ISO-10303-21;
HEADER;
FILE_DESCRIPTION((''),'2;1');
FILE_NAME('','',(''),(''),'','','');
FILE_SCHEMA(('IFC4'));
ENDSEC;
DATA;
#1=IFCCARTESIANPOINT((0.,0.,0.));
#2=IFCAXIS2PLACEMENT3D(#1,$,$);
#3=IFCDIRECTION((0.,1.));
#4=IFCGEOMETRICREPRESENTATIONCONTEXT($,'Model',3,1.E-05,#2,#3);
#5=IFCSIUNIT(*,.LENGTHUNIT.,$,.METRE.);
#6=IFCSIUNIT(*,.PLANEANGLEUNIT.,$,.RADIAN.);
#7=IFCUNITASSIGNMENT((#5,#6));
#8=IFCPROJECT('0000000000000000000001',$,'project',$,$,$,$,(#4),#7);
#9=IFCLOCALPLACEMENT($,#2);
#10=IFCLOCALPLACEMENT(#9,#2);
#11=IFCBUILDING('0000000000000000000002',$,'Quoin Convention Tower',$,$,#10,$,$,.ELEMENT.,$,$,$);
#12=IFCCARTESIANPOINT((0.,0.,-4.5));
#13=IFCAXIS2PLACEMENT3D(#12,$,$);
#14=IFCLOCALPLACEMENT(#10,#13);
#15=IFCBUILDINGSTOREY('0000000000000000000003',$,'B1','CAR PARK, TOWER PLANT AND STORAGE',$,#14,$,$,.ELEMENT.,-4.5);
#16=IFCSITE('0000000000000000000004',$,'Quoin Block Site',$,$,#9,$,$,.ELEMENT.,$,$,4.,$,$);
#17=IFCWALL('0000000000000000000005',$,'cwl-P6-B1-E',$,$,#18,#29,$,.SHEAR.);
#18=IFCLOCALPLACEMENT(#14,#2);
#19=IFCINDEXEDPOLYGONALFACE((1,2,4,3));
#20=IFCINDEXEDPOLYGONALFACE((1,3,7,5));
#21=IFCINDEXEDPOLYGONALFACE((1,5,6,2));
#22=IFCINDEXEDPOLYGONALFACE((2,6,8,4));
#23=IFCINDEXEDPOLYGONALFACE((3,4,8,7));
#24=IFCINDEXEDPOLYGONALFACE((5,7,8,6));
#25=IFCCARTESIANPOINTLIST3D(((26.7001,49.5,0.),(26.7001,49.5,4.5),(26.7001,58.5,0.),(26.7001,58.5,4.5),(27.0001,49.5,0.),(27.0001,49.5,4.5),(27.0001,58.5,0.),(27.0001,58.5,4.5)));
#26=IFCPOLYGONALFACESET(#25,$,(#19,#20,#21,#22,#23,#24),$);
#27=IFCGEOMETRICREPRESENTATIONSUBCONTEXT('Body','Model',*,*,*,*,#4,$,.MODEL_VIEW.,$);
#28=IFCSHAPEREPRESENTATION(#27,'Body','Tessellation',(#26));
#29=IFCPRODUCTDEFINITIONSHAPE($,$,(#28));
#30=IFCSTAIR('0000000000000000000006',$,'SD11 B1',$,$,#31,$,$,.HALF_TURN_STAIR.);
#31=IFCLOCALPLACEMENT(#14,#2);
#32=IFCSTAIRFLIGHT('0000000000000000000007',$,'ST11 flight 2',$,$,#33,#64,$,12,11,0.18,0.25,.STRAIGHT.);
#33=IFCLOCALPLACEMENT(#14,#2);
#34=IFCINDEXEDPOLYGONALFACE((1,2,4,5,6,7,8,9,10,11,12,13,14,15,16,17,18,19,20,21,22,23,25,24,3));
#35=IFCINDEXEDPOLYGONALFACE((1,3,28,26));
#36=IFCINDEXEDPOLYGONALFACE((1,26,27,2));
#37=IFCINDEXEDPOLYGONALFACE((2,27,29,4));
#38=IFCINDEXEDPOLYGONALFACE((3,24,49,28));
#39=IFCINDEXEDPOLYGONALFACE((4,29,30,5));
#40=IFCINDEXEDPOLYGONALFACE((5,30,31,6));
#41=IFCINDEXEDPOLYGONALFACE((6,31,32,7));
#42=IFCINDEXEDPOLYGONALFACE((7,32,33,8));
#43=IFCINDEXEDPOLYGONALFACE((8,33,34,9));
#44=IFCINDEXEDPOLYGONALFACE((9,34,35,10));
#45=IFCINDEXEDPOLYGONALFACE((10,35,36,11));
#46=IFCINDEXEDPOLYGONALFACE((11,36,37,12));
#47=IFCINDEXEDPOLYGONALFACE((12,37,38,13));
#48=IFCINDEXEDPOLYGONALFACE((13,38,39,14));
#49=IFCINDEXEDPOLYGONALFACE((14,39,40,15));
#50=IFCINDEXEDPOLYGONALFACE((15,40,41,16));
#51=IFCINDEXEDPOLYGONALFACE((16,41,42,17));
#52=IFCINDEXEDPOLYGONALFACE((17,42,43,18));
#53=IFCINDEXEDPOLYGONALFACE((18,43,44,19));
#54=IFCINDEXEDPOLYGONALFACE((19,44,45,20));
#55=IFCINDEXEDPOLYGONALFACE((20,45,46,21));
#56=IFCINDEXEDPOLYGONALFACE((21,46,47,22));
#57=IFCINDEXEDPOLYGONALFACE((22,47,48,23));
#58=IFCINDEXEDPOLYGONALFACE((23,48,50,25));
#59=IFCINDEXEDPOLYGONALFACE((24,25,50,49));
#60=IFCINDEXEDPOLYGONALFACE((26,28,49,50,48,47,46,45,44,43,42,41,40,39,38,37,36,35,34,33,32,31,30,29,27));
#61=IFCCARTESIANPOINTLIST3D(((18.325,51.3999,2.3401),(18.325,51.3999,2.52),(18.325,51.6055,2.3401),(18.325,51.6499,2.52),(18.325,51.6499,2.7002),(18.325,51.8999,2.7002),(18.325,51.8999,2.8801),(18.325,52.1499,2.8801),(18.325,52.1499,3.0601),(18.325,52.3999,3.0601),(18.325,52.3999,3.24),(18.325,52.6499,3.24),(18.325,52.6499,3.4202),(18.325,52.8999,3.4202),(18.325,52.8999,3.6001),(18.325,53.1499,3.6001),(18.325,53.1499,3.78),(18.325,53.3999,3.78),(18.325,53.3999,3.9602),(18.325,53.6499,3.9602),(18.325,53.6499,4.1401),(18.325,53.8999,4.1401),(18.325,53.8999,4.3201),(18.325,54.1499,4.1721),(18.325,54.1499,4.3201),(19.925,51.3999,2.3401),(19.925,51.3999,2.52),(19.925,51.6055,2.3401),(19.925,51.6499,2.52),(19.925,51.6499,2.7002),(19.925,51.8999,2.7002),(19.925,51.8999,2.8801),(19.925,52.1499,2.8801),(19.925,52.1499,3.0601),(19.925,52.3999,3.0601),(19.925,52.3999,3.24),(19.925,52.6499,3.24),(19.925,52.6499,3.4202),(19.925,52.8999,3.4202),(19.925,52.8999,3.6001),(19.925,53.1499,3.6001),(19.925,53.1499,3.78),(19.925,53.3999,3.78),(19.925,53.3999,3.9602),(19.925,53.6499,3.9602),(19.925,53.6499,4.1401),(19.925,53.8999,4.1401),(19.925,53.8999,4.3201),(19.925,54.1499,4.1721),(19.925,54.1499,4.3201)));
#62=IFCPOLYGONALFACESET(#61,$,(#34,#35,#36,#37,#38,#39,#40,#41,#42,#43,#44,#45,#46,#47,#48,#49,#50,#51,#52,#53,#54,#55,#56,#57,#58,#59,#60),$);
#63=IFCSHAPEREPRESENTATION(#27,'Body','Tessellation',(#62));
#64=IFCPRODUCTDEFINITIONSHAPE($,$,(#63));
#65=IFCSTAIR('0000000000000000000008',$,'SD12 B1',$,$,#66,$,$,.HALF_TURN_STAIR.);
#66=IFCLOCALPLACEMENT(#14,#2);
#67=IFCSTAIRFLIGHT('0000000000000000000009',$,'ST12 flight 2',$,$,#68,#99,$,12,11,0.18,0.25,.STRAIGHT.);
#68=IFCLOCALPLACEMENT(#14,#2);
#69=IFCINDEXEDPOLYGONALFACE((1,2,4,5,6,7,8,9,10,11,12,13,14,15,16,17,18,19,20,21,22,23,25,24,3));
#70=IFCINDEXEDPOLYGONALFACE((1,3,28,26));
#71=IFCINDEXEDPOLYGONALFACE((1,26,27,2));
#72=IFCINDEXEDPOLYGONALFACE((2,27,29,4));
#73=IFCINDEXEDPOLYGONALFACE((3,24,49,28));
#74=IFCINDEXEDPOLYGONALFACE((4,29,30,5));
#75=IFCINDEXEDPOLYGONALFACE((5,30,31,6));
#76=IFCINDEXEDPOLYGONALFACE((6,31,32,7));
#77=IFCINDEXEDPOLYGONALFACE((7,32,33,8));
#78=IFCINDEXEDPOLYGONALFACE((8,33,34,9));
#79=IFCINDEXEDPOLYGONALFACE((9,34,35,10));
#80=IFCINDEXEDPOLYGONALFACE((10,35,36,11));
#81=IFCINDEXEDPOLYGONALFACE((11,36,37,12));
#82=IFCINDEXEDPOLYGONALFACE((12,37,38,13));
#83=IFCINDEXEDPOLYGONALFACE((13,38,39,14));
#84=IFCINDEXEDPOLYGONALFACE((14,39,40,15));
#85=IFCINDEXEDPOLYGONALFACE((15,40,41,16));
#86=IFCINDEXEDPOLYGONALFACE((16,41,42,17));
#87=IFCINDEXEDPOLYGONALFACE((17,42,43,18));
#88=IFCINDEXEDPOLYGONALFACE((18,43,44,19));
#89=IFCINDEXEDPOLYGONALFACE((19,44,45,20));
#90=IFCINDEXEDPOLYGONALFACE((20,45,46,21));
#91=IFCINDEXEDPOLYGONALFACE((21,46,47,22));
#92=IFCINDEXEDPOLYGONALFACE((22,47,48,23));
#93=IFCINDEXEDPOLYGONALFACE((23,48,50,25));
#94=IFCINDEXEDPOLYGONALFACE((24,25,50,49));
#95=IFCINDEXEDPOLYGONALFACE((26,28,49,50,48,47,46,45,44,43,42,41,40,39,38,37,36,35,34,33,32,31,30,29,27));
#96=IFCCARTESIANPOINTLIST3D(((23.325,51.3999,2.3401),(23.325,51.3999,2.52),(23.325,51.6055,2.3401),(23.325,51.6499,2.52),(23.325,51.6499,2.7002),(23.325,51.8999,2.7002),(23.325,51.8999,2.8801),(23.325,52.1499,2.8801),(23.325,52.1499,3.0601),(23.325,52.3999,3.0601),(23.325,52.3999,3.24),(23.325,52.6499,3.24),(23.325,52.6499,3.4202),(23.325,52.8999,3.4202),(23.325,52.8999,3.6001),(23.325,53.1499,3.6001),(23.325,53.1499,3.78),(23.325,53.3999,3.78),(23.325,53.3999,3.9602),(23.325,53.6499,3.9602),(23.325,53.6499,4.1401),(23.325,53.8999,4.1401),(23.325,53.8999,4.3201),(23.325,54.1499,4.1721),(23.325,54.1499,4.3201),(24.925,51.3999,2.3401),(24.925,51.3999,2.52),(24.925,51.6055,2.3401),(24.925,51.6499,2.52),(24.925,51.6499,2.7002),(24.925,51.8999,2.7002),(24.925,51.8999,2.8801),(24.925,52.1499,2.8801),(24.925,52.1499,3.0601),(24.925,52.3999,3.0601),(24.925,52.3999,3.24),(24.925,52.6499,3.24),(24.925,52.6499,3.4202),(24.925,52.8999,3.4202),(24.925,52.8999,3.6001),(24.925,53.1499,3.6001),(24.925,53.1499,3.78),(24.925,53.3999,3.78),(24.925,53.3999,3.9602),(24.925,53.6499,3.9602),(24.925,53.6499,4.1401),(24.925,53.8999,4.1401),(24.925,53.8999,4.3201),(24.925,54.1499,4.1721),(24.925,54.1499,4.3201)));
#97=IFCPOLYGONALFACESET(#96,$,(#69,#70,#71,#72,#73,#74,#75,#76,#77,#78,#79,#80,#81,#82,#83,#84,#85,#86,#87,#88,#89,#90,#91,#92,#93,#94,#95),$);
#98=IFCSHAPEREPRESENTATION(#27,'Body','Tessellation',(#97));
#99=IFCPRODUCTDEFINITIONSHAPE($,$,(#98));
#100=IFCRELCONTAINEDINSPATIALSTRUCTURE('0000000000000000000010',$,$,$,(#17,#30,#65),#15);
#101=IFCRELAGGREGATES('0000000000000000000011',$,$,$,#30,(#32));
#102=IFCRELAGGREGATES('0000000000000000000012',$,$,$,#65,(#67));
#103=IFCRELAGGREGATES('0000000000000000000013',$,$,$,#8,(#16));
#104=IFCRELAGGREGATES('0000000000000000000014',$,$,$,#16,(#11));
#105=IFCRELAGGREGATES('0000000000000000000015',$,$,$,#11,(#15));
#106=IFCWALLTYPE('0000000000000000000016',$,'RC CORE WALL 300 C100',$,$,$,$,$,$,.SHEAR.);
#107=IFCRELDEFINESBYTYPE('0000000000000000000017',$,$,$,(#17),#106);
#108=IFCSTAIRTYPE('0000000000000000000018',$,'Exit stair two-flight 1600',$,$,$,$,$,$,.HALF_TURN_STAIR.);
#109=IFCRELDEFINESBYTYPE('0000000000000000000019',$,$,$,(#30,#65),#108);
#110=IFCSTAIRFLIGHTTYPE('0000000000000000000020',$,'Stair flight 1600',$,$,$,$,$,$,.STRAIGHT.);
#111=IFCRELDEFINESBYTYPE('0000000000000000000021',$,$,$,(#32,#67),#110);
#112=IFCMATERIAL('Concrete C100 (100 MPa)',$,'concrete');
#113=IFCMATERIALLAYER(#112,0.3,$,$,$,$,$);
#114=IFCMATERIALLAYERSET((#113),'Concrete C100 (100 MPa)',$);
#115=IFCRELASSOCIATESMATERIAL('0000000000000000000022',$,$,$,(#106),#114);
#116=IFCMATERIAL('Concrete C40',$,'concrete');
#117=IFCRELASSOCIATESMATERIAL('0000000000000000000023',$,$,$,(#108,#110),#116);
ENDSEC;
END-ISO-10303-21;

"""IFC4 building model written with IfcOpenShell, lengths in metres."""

from ifc_helpers import new_model, si_unit, direction, frame, frame_2d, origin, place, context, subcontext, project, spatial, polyline, rectangle, outline, extrude, material, layer, layer_set, type_object, element, aggregate, save


model = new_model("IFC4")

# Units and contexts
model_context = context("Model", 3, precision=1e-05, world=origin(), true_north=direction((0.0, 1.0)))
body_context = subcontext(model_context, "Body", "Model", "MODEL_VIEW")
ifc_project = project(units=[si_unit("LENGTHUNIT", "METRE"), si_unit("PLANEANGLEUNIT", "RADIAN")], contexts=[model_context])

# Site, building, storey
site_placement = place(None, origin())
site = spatial("IfcSite", under=ifc_project, at=site_placement, Name="Quoin Block Site", CompositionType="ELEMENT", RefElevation=4.0)
building_placement = place(site_placement, origin())
building = spatial("IfcBuilding", under=site, at=building_placement, Name="Quoin Convention Tower", CompositionType="ELEMENT")
storey_placement = place(building_placement, frame((0.0, 0.0, -4.5)))
storey = spatial("IfcBuildingStorey", under=building, at=storey_placement, Name="B1", Description="CAR PARK, TOWER PLANT AND STORAGE", CompositionType="ELEMENT", Elevation=-4.5)

# Shared definitions
ifc_material_1 = material(Name="Concrete C100 (100 MPa)", Category="concrete")

# Shared definitions
ifc_layer_1 = layer(ifc_material_1, 0.3)
ifc_layer_set_1 = layer_set([ifc_layer_1], Name="Concrete C100 (100 MPa)")
wall_type_1 = type_object("IfcWallType", Name="RC CORE WALL 300 C100", PredefinedType="SHEAR", material=ifc_layer_set_1)

# Wall
for number, where, z_axis, x_axis, name in (
    (1, (26.8501, 49.5, 0.0), (0.0, 0.0, 1.0), (0.0, 1.0, 0.0), "cwl-P6-B1-E"),
):
    element("IfcWall", number, at=place(storey_placement, frame(where, z_axis=z_axis, x_axis=x_axis)), inside=storey, type_object=wall_type_1, Name=name, PredefinedType="SHEAR", context=body_context, shape_type="SweptSolid", body=[
        extrude(rectangle(XDim=9.0, YDim=0.3, at=frame_2d((4.5, 0.0))), origin(), (0.0, 0.0, 1.0), 4.5),
    ])

# Stairs, stair flights
ifc_material_2 = material(Name="Concrete C40", Category="concrete")
stair_type = type_object("IfcStairType", Name="Exit stair two-flight 1600", PredefinedType="HALF_TURN_STAIR", material=ifc_material_2)
stair_1_placement = place(storey_placement, origin())
stair_1 = element("IfcStair", 2, at=stair_1_placement, inside=storey, type_object=stair_type, Name="SD11 B1", PredefinedType="HALF_TURN_STAIR")
stair_flight_type = type_object("IfcStairFlightType", Name="Stair flight 1600", PredefinedType="STRAIGHT", material=ifc_material_2)
stair_flight_1_placement = place(storey_placement, frame((19.125, 51.3999, 2.3401), z_axis=(0.0, 0.0, 1.0), x_axis=(0.0, 1.0, 0.0)))
stair_flight_1 = element("IfcStairFlight", 3, at=stair_flight_1_placement, type_object=stair_flight_type, Name="ST11 flight 2", NumberOfRisers=12, NumberOfTreads=11, PredefinedType="STRAIGHT", RiserHeight=0.18, TreadLength=0.25, context=body_context, shape_type="SweptSolid", body=[
    extrude(outline(polyline([(0.0, 0.0), (0.0, 0.1799), (0.25, 0.1799), (0.25, 0.3601), (0.5, 0.3601), (0.5, 0.54), (0.75, 0.54), (0.75, 0.72), (1.0, 0.72), (1.0, 0.8999), (1.25, 0.8999), (1.25, 1.0801), (1.5, 1.0801), (1.5, 1.26), (1.75, 1.26), (1.75, 1.4399), (2.0, 1.4399), (2.0, 1.6201), (2.25, 1.6201), (2.25, 1.8), (2.5, 1.8), (2.5, 1.98), (2.75, 1.98), (2.75, 2.1599), (2.75, 1.832), (0.2056, 0.0), (0.0, 0.0)])), frame((0.0, 0.8, 0.0), z_axis=(0.0, -1.0, 0.0), x_axis=(1.0, 0.0, 0.0)), (0.0, 0.0, 1.0), 1.6001),
])
aggregate(stair_1, [stair_flight_1])
stair_2_placement = place(storey_placement, origin())
stair_2 = element("IfcStair", 4, at=stair_2_placement, inside=storey, type_object=stair_type, Name="SD12 B1", PredefinedType="HALF_TURN_STAIR")
stair_flight_2_placement = place(storey_placement, frame((24.125, 51.3999, 2.3401), z_axis=(0.0, 0.0, 1.0), x_axis=(0.0, 1.0, 0.0)))
stair_flight_2 = element("IfcStairFlight", 5, at=stair_flight_2_placement, type_object=stair_flight_type, Name="ST12 flight 2", NumberOfRisers=12, NumberOfTreads=11, PredefinedType="STRAIGHT", RiserHeight=0.18, TreadLength=0.25, context=body_context, shape_type="SweptSolid", body=[
    extrude(outline(polyline([(0.0, 0.0), (0.0, 0.1799), (0.25, 0.1799), (0.25, 0.3601), (0.5, 0.3601), (0.5, 0.54), (0.75, 0.54), (0.75, 0.72), (1.0, 0.72), (1.0, 0.8999), (1.25, 0.8999), (1.25, 1.0801), (1.5, 1.0801), (1.5, 1.26), (1.75, 1.26), (1.75, 1.4399), (2.0, 1.4399), (2.0, 1.6201), (2.25, 1.6201), (2.25, 1.8), (2.5, 1.8), (2.5, 1.98), (2.75, 1.98), (2.75, 2.1599), (2.75, 1.832), (0.2056, 0.0), (0.0, 0.0)])), frame((0.0, 0.8, 0.0), z_axis=(0.0, -1.0, 0.0), x_axis=(1.0, 0.0, 0.0)), (0.0, 0.0, 1.0), 1.6001),
])
aggregate(stair_2, [stair_flight_2])

save(model, "model.ifc")
